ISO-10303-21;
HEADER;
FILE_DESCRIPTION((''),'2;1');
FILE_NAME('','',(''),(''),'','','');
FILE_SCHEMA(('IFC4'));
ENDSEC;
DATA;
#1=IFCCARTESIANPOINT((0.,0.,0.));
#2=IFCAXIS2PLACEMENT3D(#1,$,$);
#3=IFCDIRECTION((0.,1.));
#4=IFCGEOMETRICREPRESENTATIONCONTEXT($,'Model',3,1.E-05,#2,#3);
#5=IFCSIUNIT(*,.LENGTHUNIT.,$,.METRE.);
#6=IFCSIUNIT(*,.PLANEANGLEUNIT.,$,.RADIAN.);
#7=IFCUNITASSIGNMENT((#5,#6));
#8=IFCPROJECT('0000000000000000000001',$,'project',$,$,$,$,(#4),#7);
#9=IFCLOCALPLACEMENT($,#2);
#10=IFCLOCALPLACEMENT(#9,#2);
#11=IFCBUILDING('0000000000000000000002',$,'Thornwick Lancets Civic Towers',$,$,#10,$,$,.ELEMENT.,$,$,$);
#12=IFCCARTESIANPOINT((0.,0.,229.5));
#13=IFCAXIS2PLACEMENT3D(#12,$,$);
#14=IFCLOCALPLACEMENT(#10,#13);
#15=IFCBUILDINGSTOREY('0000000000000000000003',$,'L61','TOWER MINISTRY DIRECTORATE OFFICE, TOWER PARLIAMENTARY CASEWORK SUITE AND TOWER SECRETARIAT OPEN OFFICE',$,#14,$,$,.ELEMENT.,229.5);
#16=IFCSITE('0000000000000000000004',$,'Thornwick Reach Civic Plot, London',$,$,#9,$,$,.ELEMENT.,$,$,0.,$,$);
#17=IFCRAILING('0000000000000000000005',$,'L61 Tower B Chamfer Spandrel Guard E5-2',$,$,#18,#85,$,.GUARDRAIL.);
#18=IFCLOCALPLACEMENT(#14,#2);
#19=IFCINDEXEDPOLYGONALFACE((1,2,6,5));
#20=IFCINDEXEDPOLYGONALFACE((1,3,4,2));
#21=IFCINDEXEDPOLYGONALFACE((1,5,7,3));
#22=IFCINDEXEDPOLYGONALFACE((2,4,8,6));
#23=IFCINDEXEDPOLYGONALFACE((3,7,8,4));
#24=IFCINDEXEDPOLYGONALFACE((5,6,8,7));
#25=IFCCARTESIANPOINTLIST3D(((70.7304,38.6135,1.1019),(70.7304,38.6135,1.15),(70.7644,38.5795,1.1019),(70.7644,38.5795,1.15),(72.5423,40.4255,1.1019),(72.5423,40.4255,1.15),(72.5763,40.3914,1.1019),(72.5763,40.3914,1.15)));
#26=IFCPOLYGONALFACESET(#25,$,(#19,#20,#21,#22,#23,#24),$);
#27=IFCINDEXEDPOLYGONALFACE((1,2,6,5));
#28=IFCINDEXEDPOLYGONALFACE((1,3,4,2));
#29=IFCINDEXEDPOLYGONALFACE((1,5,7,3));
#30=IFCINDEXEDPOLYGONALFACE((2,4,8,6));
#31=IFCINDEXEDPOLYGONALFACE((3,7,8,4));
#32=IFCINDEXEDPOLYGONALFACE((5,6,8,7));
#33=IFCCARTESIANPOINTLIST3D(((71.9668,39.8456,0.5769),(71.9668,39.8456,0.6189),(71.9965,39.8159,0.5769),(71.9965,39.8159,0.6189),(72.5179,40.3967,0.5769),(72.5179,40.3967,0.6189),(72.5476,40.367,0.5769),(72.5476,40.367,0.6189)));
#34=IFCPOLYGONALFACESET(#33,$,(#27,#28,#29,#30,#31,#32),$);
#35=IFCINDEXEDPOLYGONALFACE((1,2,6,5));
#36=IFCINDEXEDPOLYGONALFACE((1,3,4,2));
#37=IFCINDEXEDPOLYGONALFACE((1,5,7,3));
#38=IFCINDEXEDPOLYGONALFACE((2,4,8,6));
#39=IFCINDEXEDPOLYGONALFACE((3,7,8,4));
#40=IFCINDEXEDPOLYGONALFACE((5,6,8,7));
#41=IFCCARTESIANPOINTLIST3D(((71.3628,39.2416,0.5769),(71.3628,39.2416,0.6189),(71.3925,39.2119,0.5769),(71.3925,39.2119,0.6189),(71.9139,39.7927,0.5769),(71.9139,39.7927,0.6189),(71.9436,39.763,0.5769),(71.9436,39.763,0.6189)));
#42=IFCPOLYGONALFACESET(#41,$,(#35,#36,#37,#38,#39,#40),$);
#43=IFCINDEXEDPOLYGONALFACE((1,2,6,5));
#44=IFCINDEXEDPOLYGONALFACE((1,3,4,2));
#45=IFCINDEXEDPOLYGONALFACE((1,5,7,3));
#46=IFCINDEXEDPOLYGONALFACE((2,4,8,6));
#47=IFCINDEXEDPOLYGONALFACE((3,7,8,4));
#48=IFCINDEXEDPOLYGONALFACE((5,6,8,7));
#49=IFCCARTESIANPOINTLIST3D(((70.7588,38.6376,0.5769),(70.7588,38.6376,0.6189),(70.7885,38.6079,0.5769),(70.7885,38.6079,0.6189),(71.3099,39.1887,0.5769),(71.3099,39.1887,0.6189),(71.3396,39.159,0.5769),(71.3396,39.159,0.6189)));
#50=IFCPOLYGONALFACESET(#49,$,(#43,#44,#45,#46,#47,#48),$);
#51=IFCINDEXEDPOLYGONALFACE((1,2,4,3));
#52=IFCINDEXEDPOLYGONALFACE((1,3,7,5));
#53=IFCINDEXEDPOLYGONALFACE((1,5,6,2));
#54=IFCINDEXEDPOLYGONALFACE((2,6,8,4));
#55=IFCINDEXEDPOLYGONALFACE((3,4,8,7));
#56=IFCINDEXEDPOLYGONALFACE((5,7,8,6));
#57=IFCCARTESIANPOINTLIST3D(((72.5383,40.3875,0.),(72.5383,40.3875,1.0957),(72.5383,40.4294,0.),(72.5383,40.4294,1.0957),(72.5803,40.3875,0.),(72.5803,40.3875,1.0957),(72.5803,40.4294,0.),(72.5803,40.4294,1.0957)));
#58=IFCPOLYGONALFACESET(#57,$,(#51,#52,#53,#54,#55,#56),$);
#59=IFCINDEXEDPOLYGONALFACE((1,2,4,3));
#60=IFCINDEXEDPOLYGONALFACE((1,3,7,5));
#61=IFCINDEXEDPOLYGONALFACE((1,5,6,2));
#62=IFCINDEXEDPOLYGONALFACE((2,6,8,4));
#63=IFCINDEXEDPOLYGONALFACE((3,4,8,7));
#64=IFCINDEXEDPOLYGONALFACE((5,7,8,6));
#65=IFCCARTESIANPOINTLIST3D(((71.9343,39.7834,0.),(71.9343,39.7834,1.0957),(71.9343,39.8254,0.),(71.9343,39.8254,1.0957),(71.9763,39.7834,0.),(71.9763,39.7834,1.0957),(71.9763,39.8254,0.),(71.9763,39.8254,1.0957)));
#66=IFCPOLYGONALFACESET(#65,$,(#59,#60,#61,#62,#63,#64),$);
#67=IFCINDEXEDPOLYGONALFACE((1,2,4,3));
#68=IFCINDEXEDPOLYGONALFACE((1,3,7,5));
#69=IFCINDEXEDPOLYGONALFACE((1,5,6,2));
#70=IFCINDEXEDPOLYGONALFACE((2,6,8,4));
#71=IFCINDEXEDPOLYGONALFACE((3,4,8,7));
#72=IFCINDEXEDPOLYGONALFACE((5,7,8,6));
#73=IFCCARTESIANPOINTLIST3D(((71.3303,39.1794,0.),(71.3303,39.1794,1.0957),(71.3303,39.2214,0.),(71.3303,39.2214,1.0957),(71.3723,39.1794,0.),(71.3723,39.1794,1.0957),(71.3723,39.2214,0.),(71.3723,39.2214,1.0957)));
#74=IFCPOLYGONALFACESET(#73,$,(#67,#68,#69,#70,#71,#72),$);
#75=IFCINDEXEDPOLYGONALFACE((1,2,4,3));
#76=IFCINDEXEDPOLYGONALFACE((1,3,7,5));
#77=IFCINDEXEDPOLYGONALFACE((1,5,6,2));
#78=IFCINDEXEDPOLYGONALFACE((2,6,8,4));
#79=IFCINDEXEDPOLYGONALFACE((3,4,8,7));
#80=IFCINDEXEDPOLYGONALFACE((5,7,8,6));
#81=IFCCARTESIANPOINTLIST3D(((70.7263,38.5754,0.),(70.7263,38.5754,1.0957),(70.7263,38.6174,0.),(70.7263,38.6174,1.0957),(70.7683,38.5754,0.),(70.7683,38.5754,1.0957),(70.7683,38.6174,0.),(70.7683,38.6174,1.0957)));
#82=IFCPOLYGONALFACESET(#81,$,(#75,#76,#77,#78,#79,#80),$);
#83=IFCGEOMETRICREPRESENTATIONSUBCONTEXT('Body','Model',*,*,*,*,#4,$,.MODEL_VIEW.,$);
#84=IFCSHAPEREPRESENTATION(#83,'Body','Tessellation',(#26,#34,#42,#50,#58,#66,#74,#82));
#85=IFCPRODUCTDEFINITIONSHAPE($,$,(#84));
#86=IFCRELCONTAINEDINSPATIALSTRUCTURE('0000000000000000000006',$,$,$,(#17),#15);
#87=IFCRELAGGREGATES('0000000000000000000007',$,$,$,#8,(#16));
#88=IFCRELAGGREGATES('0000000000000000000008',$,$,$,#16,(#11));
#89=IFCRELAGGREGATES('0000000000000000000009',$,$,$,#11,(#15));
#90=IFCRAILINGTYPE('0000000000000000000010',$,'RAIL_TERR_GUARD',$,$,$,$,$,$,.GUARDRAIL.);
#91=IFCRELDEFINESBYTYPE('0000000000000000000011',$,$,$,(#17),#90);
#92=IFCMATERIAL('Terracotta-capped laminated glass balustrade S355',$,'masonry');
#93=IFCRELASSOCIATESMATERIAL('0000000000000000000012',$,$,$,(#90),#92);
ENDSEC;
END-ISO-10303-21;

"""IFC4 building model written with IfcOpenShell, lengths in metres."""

from ifc_helpers import new_model, si_unit, direction, frame, origin, origin_2d, place, context, subcontext, project, spatial, rectangle, extrude, material, type_object, element, save


model = new_model("IFC4")

# Units and contexts
model_context = context("Model", 3, precision=1e-05, world=origin(), true_north=direction((0.0, 1.0)))
body_context = subcontext(model_context, "Body", "Model", "MODEL_VIEW")
ifc_project = project(units=[si_unit("LENGTHUNIT", "METRE"), si_unit("PLANEANGLEUNIT", "RADIAN")], contexts=[model_context])

# Site, building, storey
site_placement = place(None, origin())
site = spatial("IfcSite", under=ifc_project, at=site_placement, Name="Thornwick Reach Civic Plot, London", CompositionType="ELEMENT", RefElevation=0.0)
building_placement = place(site_placement, origin())
building = spatial("IfcBuilding", under=site, at=building_placement, Name="Thornwick Lancets Civic Towers", CompositionType="ELEMENT")
storey_placement = place(building_placement, frame((0.0, 0.0, 229.5)))
storey = spatial("IfcBuildingStorey", under=building, at=storey_placement, Name="L61", Description="TOWER MINISTRY DIRECTORATE OFFICE, TOWER PARLIAMENTARY CASEWORK SUITE AND TOWER SECRETARIAT OPEN OFFICE", CompositionType="ELEMENT", Elevation=229.5)

# Railing
ifc_material_1 = material(Name="Terracotta-capped laminated glass balustrade S355", Category="masonry")
railing_type_1 = type_object("IfcRailingType", Name="RAIL_TERR_GUARD", PredefinedType="GUARDRAIL", material=ifc_material_1)
railing_1_placement = place(storey_placement, frame((72.5593, 40.4084, 0.0)))
element("IfcRailing", 1, at=railing_1_placement, inside=storey, type_object=railing_type_1, Name="L61 Tower B Chamfer Spandrel Guard E5-2", PredefinedType="GUARDRAIL", context=body_context, shape_type="SweptSolid", body=[
    extrude(rectangle(XDim=0.0481, YDim=0.0481, at=origin_2d()), frame((0.0, 0.0, 1.126), z_axis=(-0.707107, -0.707107, 0.0), x_axis=(0.707107, -0.707107, 0.0)), (0.0, 0.0, 1.0), 2.5625),
    extrude(rectangle(XDim=0.042, YDim=0.042, at=origin_2d()), frame((-0.0266, -0.0266, 0.5979), z_axis=(-0.707107, -0.707107, 0.0), x_axis=(0.707107, -0.707107, 0.0)), (0.0, 0.0, 1.0), 0.7793),
    extrude(rectangle(XDim=0.042, YDim=0.042, at=origin_2d()), frame((-0.6306, -0.6306, 0.5979), z_axis=(-0.707107, -0.707107, 0.0), x_axis=(0.707107, -0.707107, 0.0)), (0.0, 0.0, 1.0), 0.7793),
    extrude(rectangle(XDim=0.042, YDim=0.042, at=origin_2d()), frame((-1.2346, -1.2346, 0.5979), z_axis=(-0.707107, -0.707107, 0.0), x_axis=(0.707107, -0.707107, 0.0)), (0.0, 0.0, 1.0), 0.7793),
    extrude(rectangle(XDim=0.042, YDim=0.042, at=origin_2d()), origin(), (0.0, 0.0, 1.0), 1.0957),
    extrude(rectangle(XDim=0.042, YDim=0.042, at=origin_2d()), frame((-0.604, -0.604, 0.0)), (0.0, 0.0, 1.0), 1.0957),
    extrude(rectangle(XDim=0.042, YDim=0.042, at=origin_2d()), frame((-1.208, -1.208, 0.0)), (0.0, 0.0, 1.0), 1.0957),
    extrude(rectangle(XDim=0.042, YDim=0.042, at=origin_2d()), frame((-1.812, -1.812, 0.0)), (0.0, 0.0, 1.0), 1.0957),
])

save(model, "model.ifc")
